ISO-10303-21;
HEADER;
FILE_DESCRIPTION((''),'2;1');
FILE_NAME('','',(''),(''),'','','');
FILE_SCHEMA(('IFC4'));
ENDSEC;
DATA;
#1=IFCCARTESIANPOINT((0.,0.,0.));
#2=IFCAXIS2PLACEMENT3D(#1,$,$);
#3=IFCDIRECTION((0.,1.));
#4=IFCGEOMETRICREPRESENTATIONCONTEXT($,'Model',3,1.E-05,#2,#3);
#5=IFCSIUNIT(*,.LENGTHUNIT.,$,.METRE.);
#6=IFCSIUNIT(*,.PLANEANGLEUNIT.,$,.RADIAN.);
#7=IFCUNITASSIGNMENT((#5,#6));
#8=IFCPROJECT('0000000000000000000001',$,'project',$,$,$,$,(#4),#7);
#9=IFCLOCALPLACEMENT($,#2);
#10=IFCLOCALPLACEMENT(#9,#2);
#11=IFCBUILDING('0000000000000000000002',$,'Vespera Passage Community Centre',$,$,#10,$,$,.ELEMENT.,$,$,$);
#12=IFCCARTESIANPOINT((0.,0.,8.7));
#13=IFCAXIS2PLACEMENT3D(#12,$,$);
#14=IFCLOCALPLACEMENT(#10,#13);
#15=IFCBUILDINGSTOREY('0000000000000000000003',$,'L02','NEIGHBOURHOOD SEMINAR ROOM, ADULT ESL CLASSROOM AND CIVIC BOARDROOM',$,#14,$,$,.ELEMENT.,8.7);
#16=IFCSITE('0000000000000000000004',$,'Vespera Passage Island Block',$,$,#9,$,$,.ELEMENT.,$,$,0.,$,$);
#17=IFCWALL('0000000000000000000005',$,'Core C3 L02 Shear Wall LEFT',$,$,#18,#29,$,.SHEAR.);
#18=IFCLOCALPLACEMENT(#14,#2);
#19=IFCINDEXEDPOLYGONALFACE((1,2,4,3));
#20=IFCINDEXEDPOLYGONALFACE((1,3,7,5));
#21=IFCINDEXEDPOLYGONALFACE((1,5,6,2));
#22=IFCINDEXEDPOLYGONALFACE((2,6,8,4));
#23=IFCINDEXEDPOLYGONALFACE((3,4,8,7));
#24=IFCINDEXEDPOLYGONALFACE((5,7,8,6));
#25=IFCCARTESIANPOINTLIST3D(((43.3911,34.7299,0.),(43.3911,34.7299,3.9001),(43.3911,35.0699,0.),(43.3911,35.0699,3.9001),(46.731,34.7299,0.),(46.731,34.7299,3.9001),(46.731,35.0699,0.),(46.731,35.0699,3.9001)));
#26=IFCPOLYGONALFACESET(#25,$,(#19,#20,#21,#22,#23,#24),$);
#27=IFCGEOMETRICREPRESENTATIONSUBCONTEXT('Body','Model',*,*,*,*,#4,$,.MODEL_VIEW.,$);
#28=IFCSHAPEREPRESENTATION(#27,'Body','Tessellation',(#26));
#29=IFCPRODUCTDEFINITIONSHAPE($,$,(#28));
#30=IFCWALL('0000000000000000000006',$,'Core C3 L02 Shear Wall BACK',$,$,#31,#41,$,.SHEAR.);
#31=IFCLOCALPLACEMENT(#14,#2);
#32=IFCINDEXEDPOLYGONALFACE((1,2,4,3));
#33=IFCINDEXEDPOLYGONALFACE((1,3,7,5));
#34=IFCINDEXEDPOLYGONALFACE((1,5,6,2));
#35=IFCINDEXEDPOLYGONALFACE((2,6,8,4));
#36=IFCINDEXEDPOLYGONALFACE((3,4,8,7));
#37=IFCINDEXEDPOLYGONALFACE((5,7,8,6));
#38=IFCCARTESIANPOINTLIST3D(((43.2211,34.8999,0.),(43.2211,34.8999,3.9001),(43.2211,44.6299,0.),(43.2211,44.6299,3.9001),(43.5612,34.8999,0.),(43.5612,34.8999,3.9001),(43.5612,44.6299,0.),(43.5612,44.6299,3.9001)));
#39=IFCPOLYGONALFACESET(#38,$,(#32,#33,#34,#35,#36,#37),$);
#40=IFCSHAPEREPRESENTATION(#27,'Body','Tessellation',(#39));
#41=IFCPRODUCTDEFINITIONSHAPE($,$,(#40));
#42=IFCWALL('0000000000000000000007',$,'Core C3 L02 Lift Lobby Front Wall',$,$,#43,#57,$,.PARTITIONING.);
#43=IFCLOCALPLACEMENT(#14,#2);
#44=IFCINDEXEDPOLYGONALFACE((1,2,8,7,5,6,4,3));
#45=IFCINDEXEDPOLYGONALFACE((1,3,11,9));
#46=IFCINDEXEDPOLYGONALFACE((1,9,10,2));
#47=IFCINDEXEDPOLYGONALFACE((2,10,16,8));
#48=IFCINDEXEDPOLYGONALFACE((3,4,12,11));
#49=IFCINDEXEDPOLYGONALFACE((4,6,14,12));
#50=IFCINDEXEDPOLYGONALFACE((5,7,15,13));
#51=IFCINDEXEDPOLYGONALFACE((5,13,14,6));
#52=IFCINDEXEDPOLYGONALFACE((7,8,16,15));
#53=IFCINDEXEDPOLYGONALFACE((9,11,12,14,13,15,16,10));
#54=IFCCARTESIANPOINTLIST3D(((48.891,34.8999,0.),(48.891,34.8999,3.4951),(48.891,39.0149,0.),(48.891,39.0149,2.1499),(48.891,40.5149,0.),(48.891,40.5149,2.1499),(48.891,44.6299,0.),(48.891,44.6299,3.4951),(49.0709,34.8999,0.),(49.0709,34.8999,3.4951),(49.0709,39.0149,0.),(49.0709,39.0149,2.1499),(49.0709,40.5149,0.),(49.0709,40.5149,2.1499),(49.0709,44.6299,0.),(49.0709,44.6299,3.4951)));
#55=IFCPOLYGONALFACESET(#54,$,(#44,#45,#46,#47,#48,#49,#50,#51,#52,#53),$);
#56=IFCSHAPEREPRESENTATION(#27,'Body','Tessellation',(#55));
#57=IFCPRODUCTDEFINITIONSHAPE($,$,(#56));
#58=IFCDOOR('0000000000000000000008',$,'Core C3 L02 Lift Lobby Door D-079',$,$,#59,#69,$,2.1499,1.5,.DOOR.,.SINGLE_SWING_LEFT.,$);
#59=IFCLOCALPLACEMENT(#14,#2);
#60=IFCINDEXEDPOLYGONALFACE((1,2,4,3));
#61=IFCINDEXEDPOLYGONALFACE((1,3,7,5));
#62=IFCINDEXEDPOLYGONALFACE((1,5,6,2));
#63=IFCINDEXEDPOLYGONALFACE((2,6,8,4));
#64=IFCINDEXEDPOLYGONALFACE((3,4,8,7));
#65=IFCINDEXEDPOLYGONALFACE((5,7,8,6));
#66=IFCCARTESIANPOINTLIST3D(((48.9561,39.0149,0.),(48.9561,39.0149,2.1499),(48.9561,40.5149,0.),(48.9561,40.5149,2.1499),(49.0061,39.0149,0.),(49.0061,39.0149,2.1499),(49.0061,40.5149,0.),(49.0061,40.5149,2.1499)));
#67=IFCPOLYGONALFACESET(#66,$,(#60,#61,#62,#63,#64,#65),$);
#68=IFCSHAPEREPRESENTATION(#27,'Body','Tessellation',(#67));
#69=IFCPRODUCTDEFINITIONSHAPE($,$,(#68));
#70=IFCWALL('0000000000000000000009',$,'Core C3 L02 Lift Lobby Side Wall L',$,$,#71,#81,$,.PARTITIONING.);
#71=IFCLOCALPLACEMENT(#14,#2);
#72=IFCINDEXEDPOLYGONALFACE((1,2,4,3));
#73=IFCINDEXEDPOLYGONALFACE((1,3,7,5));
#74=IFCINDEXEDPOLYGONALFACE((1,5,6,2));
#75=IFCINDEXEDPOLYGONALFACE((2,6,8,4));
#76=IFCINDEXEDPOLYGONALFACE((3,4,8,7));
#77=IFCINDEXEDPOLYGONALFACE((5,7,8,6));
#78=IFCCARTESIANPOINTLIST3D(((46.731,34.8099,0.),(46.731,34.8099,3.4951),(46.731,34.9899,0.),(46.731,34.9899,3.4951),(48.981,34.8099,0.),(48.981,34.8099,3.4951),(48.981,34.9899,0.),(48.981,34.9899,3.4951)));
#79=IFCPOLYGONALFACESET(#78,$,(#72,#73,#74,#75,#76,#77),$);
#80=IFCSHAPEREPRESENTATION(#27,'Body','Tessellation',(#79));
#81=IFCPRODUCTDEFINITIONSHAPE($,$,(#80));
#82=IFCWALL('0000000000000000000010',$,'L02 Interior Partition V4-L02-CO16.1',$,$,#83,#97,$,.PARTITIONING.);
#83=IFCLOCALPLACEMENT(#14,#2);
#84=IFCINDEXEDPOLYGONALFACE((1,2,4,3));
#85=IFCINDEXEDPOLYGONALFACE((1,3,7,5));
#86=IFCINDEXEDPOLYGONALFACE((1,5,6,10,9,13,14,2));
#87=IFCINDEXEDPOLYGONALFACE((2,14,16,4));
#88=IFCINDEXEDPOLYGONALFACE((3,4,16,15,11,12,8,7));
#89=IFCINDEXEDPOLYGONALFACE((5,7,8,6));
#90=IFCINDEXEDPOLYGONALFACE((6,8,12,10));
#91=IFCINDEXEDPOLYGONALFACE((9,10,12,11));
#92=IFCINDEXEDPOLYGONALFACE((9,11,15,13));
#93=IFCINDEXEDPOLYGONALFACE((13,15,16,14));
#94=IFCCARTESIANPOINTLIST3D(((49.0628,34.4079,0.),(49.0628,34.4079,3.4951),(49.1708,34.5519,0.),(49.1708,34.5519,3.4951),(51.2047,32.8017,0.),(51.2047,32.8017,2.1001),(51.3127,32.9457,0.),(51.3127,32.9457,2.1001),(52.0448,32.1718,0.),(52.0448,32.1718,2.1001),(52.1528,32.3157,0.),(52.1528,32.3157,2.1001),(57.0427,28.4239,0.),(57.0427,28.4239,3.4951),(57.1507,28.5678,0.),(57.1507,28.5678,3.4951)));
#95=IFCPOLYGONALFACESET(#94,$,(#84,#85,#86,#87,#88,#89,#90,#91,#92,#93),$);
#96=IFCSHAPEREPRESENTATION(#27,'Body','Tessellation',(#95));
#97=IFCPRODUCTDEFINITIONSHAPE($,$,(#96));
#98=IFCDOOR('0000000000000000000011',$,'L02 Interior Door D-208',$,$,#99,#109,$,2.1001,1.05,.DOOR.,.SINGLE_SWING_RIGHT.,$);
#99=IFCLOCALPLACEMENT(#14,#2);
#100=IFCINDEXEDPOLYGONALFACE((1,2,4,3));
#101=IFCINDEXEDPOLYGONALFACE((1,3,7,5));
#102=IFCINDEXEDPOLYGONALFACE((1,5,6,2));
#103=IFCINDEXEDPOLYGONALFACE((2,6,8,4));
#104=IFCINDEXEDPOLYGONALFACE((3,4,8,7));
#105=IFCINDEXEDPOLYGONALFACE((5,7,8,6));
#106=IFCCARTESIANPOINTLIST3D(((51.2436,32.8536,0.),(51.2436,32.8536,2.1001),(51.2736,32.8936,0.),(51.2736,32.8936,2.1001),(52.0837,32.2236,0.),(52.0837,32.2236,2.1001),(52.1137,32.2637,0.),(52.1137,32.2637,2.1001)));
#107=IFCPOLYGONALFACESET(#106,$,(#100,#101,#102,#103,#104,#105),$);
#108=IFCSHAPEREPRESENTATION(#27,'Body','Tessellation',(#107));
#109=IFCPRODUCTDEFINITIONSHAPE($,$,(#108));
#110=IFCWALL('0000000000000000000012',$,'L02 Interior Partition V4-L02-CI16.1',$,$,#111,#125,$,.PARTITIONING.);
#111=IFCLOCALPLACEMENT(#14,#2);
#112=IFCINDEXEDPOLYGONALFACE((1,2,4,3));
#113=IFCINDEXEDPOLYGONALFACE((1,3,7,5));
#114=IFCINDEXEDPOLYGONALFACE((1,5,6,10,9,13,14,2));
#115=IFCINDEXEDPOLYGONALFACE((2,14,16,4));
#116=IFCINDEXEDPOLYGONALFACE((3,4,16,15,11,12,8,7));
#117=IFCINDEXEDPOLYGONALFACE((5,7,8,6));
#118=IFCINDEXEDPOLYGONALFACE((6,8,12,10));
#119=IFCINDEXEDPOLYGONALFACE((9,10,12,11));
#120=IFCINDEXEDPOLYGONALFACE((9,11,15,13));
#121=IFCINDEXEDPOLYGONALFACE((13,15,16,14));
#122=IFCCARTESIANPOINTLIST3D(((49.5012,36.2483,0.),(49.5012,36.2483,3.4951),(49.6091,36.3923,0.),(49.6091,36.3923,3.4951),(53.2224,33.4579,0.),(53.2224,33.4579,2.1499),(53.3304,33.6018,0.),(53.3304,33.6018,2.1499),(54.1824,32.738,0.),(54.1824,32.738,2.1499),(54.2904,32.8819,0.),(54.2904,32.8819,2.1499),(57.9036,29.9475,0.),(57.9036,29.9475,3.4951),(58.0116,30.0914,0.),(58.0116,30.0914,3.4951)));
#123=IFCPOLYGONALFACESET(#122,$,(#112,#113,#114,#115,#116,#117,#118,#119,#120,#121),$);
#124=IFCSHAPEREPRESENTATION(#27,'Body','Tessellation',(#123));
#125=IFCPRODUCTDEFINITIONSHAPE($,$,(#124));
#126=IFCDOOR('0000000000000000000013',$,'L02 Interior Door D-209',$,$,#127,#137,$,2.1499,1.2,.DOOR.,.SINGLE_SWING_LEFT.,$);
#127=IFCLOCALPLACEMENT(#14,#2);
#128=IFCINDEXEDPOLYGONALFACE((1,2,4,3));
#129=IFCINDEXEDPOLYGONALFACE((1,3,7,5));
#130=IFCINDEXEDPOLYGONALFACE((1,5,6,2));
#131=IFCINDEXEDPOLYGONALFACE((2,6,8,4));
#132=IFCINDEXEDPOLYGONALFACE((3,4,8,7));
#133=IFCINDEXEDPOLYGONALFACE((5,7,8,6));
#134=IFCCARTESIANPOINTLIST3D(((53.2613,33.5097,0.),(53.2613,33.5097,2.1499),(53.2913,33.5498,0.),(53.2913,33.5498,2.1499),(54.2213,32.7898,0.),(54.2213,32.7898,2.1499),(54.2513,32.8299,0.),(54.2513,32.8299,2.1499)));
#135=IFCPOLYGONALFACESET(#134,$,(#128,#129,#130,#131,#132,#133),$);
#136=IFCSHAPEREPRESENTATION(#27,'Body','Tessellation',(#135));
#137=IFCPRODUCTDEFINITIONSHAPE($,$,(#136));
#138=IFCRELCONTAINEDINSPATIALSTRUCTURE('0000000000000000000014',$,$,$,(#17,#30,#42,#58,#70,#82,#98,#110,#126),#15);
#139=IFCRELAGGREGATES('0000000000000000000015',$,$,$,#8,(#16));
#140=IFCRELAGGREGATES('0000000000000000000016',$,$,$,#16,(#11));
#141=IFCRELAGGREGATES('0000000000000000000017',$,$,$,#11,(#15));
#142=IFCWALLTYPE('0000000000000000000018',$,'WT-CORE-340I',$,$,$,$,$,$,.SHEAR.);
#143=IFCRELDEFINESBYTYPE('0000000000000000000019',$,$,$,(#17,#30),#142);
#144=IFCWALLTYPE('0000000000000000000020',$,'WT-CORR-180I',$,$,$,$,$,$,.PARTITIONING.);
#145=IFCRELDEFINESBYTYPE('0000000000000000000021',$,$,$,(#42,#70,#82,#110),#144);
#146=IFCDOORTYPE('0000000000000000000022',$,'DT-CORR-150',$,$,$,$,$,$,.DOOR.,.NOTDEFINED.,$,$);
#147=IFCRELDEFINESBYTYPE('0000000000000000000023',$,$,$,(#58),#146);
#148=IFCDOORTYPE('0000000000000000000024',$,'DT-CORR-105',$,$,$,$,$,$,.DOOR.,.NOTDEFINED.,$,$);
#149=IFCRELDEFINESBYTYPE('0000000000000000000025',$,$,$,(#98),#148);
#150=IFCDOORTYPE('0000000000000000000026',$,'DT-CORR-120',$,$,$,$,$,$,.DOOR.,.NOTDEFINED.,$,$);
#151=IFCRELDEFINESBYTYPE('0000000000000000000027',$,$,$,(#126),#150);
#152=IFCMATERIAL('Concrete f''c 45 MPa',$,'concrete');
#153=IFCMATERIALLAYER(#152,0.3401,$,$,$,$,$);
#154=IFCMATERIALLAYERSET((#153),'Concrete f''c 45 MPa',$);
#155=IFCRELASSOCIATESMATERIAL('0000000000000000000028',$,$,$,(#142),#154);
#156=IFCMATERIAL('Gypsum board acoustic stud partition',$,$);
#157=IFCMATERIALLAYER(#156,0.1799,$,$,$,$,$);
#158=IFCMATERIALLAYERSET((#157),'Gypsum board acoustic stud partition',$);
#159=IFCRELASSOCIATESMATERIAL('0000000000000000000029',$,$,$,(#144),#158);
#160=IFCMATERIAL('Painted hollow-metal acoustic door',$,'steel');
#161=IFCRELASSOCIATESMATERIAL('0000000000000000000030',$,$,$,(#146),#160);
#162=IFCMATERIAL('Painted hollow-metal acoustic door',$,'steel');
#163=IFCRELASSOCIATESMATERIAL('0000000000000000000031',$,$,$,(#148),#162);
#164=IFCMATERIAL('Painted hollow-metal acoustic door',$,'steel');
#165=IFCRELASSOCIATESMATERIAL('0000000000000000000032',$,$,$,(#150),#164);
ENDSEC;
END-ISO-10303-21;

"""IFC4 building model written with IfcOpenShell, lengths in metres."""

from ifc_helpers import new_model, si_unit, direction, frame, frame_2d, origin, place, context, subcontext, project, spatial, rectangle, extrude, material, layer, layer_set, type_object, element, fill, save


model = new_model("IFC4")

# Units and contexts
model_context = context("Model", 3, precision=1e-05, world=origin(), true_north=direction((0.0, 1.0)))
body_context = subcontext(model_context, "Body", "Model", "MODEL_VIEW")
ifc_project = project(units=[si_unit("LENGTHUNIT", "METRE"), si_unit("PLANEANGLEUNIT", "RADIAN")], contexts=[model_context])

# Site, building, storey
site_placement = place(None, origin())
site = spatial("IfcSite", under=ifc_project, at=site_placement, Name="Vespera Passage Island Block", CompositionType="ELEMENT", RefElevation=0.0)
building_placement = place(site_placement, origin())
building = spatial("IfcBuilding", under=site, at=building_placement, Name="Vespera Passage Community Centre", CompositionType="ELEMENT")
storey_placement = place(building_placement, frame((0.0, 0.0, 8.7)))
storey = spatial("IfcBuildingStorey", under=building, at=storey_placement, Name="L02", Description="NEIGHBOURHOOD SEMINAR ROOM, ADULT ESL CLASSROOM AND CIVIC BOARDROOM", CompositionType="ELEMENT", Elevation=8.7)

# Walls
ifc_material_1 = material(Name="Concrete f'c 45 MPa", Category="concrete")
ifc_layer_1 = layer(ifc_material_1, 0.3401)
ifc_layer_set_1 = layer_set([ifc_layer_1], Name="Concrete f'c 45 MPa")
wall_type_1 = type_object("IfcWallType", Name="WT-CORE-340I", PredefinedType="SHEAR", material=ifc_layer_set_1)
wall_1_placement = place(storey_placement, frame((46.731, 34.8999, 0.0), z_axis=(0.0, 0.0, 1.0), x_axis=(-1.0, 0.0, 0.0)))
element("IfcWall", 1, at=wall_1_placement, inside=storey, type_object=wall_type_1, Name="Core C3 L02 Shear Wall LEFT", PredefinedType="SHEAR", context=body_context, shape_type="SweptSolid", body=[
    extrude(rectangle(XDim=3.3398, YDim=0.3401, at=frame_2d((1.6699, 0.0))), origin(), (0.0, 0.0, 1.0), 3.9001),
])
wall_2_placement = place(storey_placement, frame((43.3911, 34.8999, 0.0), z_axis=(0.0, 0.0, 1.0), x_axis=(0.0, 1.0, 0.0)))
element("IfcWall", 2, at=wall_2_placement, inside=storey, type_object=wall_type_1, Name="Core C3 L02 Shear Wall BACK", PredefinedType="SHEAR", context=body_context, shape_type="SweptSolid", body=[
    extrude(rectangle(XDim=9.73, YDim=0.3401, at=frame_2d((4.865, 0.0))), origin(), (0.0, 0.0, 1.0), 3.9001),
])

# Wall, opening, door
ifc_material_2 = material(Name="Gypsum board acoustic stud partition")
ifc_layer_2 = layer(ifc_material_2, 0.1799)
ifc_layer_set_2 = layer_set([ifc_layer_2], Name="Gypsum board acoustic stud partition")
wall_type_2 = type_object("IfcWallType", Name="WT-CORR-180I", PredefinedType="PARTITIONING", material=ifc_layer_set_2)
wall_3_placement = place(storey_placement, frame((48.981, 34.8999, 0.0), z_axis=(0.0, 0.0, 1.0), x_axis=(0.0, 1.0, 0.0)))
wall_3 = element("IfcWall", 3, at=wall_3_placement, inside=storey, type_object=wall_type_2, Name="Core C3 L02 Lift Lobby Front Wall", PredefinedType="PARTITIONING", context=body_context, shape_type="SweptSolid", body=[
    extrude(rectangle(XDim=9.73, YDim=0.1799, at=frame_2d((4.865, 0.0))), origin(), (0.0, 0.0, 1.0), 3.4951),
])
opening_1_placement = place(wall_3_placement, frame((4.115, 0.0, 0.0)))
opening_1 = element("IfcOpeningElement", 4, at=opening_1_placement, cuts=wall_3, PredefinedType="OPENING", context=body_context, shape_type="SweptSolid", body=[
    extrude(rectangle(XDim=1.5, YDim=2.1499, at=frame_2d((0.75, 1.075))), frame((0.0, 0.0999, 0.0), z_axis=(0.0, -1.0, 0.0), x_axis=(1.0, 0.0, 0.0)), (0.0, 0.0, 1.0), 0.2),
])
ifc_material_3 = material(Name="Painted hollow-metal acoustic door", Category="steel")
door_type_1 = type_object("IfcDoorType", Name="DT-CORR-150", OperationType="NOTDEFINED", PredefinedType="DOOR", material=ifc_material_3)
door_1_placement = place(opening_1_placement, origin())
door_1 = element("IfcDoor", 5, at=door_1_placement, inside=storey, type_object=door_type_1, Name="Core C3 L02 Lift Lobby Door D-079", OperationType="SINGLE_SWING_LEFT", OverallHeight=2.1499, OverallWidth=1.5, PredefinedType="DOOR", context=body_context, shape_type="SweptSolid", body=[
    extrude(rectangle(XDim=1.5, YDim=2.1499, at=frame_2d((0.75, 1.075))), frame((0.0, 0.0249, 0.0), z_axis=(0.0, -1.0, 0.0), x_axis=(1.0, 0.0, 0.0)), (0.0, 0.0, 1.0), 0.05),
])
fill(opening_1, door_1)

# Wall
wall_4_placement = place(storey_placement, frame((46.731, 34.8999, 0.0), z_axis=(0.0, 0.0, 1.0), x_axis=(1.0, 0.0, 0.0)))
element("IfcWall", 6, at=wall_4_placement, inside=storey, type_object=wall_type_2, Name="Core C3 L02 Lift Lobby Side Wall L", PredefinedType="PARTITIONING", context=body_context, shape_type="SweptSolid", body=[
    extrude(rectangle(XDim=2.25, YDim=0.1799, at=frame_2d((1.125, 0.0))), origin(), (0.0, 0.0, 1.0), 3.4951),
])

# Walls, openings, doors
wall_5_placement = place(storey_placement, frame((49.1167, 34.48, 0.0), z_axis=(0.0, 0.0, 1.0), x_axis=(0.800041, -0.599945, 0.0)))
wall_5 = element("IfcWall", 7, at=wall_5_placement, inside=storey, type_object=wall_type_2, Name="L02 Interior Partition V4-L02-CO16.1", PredefinedType="PARTITIONING", context=body_context, shape_type="SweptSolid", body=[
    extrude(rectangle(XDim=9.9744, YDim=0.1799, at=frame_2d((4.9873, 0.0))), origin(), (0.0, 0.0, 1.0), 3.4951),
])
opening_2_placement = place(wall_5_placement, frame((2.6775, 0.0, 0.0)))
opening_2 = element("IfcOpeningElement", 8, at=opening_2_placement, cuts=wall_5, PredefinedType="OPENING", context=body_context, shape_type="SweptSolid", body=[
    extrude(rectangle(XDim=1.05, YDim=2.1001, at=frame_2d((0.5249, 1.05))), frame((0.0, 0.0999, 0.0), z_axis=(0.0, -1.0, 0.0), x_axis=(1.0, 0.0, 0.0)), (0.0, 0.0, 1.0), 0.2),
])
ifc_material_4 = material(Name="Painted hollow-metal acoustic door", Category="steel")
door_type_2 = type_object("IfcDoorType", Name="DT-CORR-105", OperationType="NOTDEFINED", PredefinedType="DOOR", material=ifc_material_4)
door_2_placement = place(opening_2_placement, origin())
door_2 = element("IfcDoor", 9, at=door_2_placement, inside=storey, type_object=door_type_2, Name="L02 Interior Door D-208", OperationType="SINGLE_SWING_RIGHT", OverallHeight=2.1001, OverallWidth=1.05, PredefinedType="DOOR", context=body_context, shape_type="SweptSolid", body=[
    extrude(rectangle(XDim=1.05, YDim=2.1001, at=frame_2d((0.5249, 1.05))), frame((0.0, 0.0249, 0.0), z_axis=(0.0, -1.0, 0.0), x_axis=(1.0, 0.0, 0.0)), (0.0, 0.0, 1.0), 0.05),
])
fill(opening_2, door_2)
wall_6_placement = place(storey_placement, frame((49.5552, 36.3203, 0.0), z_axis=(0.0, 0.0, 1.0), x_axis=(0.800045, -0.59994, 0.0)))
wall_6 = element("IfcWall", 10, at=wall_6_placement, inside=storey, type_object=wall_type_2, Name="L02 Interior Partition V4-L02-CI16.1", PredefinedType="PARTITIONING", context=body_context, shape_type="SweptSolid", body=[
    extrude(rectangle(XDim=10.5024, YDim=0.1799, at=frame_2d((5.2512, 0.0))), origin(), (0.0, 0.0, 1.0), 3.4951),
])
opening_3_placement = place(wall_6_placement, frame((4.6511, 0.0, 0.0)))
opening_3 = element("IfcOpeningElement", 11, at=opening_3_placement, cuts=wall_6, PredefinedType="OPENING", context=body_context, shape_type="SweptSolid", body=[
    extrude(rectangle(XDim=1.2, YDim=2.1499, at=frame_2d((0.6001, 1.075))), frame((0.0, 0.0999, 0.0), z_axis=(0.0, -1.0, 0.0), x_axis=(1.0, 0.0, 0.0)), (0.0, 0.0, 1.0), 0.2),
])
ifc_material_5 = material(Name="Painted hollow-metal acoustic door", Category="steel")
door_type_3 = type_object("IfcDoorType", Name="DT-CORR-120", OperationType="NOTDEFINED", PredefinedType="DOOR", material=ifc_material_5)
door_3_placement = place(opening_3_placement, origin())
door_3 = element("IfcDoor", 12, at=door_3_placement, inside=storey, type_object=door_type_3, Name="L02 Interior Door D-209", OperationType="SINGLE_SWING_LEFT", OverallHeight=2.1499, OverallWidth=1.2, PredefinedType="DOOR", context=body_context, shape_type="SweptSolid", body=[
    extrude(rectangle(XDim=1.2, YDim=2.1499, at=frame_2d((0.6001, 1.075))), frame((0.0, 0.0249, 0.0), z_axis=(0.0, -1.0, 0.0), x_axis=(1.0, 0.0, 0.0)), (0.0, 0.0, 1.0), 0.05),
])
fill(opening_3, door_3)

save(model, "model.ifc")
